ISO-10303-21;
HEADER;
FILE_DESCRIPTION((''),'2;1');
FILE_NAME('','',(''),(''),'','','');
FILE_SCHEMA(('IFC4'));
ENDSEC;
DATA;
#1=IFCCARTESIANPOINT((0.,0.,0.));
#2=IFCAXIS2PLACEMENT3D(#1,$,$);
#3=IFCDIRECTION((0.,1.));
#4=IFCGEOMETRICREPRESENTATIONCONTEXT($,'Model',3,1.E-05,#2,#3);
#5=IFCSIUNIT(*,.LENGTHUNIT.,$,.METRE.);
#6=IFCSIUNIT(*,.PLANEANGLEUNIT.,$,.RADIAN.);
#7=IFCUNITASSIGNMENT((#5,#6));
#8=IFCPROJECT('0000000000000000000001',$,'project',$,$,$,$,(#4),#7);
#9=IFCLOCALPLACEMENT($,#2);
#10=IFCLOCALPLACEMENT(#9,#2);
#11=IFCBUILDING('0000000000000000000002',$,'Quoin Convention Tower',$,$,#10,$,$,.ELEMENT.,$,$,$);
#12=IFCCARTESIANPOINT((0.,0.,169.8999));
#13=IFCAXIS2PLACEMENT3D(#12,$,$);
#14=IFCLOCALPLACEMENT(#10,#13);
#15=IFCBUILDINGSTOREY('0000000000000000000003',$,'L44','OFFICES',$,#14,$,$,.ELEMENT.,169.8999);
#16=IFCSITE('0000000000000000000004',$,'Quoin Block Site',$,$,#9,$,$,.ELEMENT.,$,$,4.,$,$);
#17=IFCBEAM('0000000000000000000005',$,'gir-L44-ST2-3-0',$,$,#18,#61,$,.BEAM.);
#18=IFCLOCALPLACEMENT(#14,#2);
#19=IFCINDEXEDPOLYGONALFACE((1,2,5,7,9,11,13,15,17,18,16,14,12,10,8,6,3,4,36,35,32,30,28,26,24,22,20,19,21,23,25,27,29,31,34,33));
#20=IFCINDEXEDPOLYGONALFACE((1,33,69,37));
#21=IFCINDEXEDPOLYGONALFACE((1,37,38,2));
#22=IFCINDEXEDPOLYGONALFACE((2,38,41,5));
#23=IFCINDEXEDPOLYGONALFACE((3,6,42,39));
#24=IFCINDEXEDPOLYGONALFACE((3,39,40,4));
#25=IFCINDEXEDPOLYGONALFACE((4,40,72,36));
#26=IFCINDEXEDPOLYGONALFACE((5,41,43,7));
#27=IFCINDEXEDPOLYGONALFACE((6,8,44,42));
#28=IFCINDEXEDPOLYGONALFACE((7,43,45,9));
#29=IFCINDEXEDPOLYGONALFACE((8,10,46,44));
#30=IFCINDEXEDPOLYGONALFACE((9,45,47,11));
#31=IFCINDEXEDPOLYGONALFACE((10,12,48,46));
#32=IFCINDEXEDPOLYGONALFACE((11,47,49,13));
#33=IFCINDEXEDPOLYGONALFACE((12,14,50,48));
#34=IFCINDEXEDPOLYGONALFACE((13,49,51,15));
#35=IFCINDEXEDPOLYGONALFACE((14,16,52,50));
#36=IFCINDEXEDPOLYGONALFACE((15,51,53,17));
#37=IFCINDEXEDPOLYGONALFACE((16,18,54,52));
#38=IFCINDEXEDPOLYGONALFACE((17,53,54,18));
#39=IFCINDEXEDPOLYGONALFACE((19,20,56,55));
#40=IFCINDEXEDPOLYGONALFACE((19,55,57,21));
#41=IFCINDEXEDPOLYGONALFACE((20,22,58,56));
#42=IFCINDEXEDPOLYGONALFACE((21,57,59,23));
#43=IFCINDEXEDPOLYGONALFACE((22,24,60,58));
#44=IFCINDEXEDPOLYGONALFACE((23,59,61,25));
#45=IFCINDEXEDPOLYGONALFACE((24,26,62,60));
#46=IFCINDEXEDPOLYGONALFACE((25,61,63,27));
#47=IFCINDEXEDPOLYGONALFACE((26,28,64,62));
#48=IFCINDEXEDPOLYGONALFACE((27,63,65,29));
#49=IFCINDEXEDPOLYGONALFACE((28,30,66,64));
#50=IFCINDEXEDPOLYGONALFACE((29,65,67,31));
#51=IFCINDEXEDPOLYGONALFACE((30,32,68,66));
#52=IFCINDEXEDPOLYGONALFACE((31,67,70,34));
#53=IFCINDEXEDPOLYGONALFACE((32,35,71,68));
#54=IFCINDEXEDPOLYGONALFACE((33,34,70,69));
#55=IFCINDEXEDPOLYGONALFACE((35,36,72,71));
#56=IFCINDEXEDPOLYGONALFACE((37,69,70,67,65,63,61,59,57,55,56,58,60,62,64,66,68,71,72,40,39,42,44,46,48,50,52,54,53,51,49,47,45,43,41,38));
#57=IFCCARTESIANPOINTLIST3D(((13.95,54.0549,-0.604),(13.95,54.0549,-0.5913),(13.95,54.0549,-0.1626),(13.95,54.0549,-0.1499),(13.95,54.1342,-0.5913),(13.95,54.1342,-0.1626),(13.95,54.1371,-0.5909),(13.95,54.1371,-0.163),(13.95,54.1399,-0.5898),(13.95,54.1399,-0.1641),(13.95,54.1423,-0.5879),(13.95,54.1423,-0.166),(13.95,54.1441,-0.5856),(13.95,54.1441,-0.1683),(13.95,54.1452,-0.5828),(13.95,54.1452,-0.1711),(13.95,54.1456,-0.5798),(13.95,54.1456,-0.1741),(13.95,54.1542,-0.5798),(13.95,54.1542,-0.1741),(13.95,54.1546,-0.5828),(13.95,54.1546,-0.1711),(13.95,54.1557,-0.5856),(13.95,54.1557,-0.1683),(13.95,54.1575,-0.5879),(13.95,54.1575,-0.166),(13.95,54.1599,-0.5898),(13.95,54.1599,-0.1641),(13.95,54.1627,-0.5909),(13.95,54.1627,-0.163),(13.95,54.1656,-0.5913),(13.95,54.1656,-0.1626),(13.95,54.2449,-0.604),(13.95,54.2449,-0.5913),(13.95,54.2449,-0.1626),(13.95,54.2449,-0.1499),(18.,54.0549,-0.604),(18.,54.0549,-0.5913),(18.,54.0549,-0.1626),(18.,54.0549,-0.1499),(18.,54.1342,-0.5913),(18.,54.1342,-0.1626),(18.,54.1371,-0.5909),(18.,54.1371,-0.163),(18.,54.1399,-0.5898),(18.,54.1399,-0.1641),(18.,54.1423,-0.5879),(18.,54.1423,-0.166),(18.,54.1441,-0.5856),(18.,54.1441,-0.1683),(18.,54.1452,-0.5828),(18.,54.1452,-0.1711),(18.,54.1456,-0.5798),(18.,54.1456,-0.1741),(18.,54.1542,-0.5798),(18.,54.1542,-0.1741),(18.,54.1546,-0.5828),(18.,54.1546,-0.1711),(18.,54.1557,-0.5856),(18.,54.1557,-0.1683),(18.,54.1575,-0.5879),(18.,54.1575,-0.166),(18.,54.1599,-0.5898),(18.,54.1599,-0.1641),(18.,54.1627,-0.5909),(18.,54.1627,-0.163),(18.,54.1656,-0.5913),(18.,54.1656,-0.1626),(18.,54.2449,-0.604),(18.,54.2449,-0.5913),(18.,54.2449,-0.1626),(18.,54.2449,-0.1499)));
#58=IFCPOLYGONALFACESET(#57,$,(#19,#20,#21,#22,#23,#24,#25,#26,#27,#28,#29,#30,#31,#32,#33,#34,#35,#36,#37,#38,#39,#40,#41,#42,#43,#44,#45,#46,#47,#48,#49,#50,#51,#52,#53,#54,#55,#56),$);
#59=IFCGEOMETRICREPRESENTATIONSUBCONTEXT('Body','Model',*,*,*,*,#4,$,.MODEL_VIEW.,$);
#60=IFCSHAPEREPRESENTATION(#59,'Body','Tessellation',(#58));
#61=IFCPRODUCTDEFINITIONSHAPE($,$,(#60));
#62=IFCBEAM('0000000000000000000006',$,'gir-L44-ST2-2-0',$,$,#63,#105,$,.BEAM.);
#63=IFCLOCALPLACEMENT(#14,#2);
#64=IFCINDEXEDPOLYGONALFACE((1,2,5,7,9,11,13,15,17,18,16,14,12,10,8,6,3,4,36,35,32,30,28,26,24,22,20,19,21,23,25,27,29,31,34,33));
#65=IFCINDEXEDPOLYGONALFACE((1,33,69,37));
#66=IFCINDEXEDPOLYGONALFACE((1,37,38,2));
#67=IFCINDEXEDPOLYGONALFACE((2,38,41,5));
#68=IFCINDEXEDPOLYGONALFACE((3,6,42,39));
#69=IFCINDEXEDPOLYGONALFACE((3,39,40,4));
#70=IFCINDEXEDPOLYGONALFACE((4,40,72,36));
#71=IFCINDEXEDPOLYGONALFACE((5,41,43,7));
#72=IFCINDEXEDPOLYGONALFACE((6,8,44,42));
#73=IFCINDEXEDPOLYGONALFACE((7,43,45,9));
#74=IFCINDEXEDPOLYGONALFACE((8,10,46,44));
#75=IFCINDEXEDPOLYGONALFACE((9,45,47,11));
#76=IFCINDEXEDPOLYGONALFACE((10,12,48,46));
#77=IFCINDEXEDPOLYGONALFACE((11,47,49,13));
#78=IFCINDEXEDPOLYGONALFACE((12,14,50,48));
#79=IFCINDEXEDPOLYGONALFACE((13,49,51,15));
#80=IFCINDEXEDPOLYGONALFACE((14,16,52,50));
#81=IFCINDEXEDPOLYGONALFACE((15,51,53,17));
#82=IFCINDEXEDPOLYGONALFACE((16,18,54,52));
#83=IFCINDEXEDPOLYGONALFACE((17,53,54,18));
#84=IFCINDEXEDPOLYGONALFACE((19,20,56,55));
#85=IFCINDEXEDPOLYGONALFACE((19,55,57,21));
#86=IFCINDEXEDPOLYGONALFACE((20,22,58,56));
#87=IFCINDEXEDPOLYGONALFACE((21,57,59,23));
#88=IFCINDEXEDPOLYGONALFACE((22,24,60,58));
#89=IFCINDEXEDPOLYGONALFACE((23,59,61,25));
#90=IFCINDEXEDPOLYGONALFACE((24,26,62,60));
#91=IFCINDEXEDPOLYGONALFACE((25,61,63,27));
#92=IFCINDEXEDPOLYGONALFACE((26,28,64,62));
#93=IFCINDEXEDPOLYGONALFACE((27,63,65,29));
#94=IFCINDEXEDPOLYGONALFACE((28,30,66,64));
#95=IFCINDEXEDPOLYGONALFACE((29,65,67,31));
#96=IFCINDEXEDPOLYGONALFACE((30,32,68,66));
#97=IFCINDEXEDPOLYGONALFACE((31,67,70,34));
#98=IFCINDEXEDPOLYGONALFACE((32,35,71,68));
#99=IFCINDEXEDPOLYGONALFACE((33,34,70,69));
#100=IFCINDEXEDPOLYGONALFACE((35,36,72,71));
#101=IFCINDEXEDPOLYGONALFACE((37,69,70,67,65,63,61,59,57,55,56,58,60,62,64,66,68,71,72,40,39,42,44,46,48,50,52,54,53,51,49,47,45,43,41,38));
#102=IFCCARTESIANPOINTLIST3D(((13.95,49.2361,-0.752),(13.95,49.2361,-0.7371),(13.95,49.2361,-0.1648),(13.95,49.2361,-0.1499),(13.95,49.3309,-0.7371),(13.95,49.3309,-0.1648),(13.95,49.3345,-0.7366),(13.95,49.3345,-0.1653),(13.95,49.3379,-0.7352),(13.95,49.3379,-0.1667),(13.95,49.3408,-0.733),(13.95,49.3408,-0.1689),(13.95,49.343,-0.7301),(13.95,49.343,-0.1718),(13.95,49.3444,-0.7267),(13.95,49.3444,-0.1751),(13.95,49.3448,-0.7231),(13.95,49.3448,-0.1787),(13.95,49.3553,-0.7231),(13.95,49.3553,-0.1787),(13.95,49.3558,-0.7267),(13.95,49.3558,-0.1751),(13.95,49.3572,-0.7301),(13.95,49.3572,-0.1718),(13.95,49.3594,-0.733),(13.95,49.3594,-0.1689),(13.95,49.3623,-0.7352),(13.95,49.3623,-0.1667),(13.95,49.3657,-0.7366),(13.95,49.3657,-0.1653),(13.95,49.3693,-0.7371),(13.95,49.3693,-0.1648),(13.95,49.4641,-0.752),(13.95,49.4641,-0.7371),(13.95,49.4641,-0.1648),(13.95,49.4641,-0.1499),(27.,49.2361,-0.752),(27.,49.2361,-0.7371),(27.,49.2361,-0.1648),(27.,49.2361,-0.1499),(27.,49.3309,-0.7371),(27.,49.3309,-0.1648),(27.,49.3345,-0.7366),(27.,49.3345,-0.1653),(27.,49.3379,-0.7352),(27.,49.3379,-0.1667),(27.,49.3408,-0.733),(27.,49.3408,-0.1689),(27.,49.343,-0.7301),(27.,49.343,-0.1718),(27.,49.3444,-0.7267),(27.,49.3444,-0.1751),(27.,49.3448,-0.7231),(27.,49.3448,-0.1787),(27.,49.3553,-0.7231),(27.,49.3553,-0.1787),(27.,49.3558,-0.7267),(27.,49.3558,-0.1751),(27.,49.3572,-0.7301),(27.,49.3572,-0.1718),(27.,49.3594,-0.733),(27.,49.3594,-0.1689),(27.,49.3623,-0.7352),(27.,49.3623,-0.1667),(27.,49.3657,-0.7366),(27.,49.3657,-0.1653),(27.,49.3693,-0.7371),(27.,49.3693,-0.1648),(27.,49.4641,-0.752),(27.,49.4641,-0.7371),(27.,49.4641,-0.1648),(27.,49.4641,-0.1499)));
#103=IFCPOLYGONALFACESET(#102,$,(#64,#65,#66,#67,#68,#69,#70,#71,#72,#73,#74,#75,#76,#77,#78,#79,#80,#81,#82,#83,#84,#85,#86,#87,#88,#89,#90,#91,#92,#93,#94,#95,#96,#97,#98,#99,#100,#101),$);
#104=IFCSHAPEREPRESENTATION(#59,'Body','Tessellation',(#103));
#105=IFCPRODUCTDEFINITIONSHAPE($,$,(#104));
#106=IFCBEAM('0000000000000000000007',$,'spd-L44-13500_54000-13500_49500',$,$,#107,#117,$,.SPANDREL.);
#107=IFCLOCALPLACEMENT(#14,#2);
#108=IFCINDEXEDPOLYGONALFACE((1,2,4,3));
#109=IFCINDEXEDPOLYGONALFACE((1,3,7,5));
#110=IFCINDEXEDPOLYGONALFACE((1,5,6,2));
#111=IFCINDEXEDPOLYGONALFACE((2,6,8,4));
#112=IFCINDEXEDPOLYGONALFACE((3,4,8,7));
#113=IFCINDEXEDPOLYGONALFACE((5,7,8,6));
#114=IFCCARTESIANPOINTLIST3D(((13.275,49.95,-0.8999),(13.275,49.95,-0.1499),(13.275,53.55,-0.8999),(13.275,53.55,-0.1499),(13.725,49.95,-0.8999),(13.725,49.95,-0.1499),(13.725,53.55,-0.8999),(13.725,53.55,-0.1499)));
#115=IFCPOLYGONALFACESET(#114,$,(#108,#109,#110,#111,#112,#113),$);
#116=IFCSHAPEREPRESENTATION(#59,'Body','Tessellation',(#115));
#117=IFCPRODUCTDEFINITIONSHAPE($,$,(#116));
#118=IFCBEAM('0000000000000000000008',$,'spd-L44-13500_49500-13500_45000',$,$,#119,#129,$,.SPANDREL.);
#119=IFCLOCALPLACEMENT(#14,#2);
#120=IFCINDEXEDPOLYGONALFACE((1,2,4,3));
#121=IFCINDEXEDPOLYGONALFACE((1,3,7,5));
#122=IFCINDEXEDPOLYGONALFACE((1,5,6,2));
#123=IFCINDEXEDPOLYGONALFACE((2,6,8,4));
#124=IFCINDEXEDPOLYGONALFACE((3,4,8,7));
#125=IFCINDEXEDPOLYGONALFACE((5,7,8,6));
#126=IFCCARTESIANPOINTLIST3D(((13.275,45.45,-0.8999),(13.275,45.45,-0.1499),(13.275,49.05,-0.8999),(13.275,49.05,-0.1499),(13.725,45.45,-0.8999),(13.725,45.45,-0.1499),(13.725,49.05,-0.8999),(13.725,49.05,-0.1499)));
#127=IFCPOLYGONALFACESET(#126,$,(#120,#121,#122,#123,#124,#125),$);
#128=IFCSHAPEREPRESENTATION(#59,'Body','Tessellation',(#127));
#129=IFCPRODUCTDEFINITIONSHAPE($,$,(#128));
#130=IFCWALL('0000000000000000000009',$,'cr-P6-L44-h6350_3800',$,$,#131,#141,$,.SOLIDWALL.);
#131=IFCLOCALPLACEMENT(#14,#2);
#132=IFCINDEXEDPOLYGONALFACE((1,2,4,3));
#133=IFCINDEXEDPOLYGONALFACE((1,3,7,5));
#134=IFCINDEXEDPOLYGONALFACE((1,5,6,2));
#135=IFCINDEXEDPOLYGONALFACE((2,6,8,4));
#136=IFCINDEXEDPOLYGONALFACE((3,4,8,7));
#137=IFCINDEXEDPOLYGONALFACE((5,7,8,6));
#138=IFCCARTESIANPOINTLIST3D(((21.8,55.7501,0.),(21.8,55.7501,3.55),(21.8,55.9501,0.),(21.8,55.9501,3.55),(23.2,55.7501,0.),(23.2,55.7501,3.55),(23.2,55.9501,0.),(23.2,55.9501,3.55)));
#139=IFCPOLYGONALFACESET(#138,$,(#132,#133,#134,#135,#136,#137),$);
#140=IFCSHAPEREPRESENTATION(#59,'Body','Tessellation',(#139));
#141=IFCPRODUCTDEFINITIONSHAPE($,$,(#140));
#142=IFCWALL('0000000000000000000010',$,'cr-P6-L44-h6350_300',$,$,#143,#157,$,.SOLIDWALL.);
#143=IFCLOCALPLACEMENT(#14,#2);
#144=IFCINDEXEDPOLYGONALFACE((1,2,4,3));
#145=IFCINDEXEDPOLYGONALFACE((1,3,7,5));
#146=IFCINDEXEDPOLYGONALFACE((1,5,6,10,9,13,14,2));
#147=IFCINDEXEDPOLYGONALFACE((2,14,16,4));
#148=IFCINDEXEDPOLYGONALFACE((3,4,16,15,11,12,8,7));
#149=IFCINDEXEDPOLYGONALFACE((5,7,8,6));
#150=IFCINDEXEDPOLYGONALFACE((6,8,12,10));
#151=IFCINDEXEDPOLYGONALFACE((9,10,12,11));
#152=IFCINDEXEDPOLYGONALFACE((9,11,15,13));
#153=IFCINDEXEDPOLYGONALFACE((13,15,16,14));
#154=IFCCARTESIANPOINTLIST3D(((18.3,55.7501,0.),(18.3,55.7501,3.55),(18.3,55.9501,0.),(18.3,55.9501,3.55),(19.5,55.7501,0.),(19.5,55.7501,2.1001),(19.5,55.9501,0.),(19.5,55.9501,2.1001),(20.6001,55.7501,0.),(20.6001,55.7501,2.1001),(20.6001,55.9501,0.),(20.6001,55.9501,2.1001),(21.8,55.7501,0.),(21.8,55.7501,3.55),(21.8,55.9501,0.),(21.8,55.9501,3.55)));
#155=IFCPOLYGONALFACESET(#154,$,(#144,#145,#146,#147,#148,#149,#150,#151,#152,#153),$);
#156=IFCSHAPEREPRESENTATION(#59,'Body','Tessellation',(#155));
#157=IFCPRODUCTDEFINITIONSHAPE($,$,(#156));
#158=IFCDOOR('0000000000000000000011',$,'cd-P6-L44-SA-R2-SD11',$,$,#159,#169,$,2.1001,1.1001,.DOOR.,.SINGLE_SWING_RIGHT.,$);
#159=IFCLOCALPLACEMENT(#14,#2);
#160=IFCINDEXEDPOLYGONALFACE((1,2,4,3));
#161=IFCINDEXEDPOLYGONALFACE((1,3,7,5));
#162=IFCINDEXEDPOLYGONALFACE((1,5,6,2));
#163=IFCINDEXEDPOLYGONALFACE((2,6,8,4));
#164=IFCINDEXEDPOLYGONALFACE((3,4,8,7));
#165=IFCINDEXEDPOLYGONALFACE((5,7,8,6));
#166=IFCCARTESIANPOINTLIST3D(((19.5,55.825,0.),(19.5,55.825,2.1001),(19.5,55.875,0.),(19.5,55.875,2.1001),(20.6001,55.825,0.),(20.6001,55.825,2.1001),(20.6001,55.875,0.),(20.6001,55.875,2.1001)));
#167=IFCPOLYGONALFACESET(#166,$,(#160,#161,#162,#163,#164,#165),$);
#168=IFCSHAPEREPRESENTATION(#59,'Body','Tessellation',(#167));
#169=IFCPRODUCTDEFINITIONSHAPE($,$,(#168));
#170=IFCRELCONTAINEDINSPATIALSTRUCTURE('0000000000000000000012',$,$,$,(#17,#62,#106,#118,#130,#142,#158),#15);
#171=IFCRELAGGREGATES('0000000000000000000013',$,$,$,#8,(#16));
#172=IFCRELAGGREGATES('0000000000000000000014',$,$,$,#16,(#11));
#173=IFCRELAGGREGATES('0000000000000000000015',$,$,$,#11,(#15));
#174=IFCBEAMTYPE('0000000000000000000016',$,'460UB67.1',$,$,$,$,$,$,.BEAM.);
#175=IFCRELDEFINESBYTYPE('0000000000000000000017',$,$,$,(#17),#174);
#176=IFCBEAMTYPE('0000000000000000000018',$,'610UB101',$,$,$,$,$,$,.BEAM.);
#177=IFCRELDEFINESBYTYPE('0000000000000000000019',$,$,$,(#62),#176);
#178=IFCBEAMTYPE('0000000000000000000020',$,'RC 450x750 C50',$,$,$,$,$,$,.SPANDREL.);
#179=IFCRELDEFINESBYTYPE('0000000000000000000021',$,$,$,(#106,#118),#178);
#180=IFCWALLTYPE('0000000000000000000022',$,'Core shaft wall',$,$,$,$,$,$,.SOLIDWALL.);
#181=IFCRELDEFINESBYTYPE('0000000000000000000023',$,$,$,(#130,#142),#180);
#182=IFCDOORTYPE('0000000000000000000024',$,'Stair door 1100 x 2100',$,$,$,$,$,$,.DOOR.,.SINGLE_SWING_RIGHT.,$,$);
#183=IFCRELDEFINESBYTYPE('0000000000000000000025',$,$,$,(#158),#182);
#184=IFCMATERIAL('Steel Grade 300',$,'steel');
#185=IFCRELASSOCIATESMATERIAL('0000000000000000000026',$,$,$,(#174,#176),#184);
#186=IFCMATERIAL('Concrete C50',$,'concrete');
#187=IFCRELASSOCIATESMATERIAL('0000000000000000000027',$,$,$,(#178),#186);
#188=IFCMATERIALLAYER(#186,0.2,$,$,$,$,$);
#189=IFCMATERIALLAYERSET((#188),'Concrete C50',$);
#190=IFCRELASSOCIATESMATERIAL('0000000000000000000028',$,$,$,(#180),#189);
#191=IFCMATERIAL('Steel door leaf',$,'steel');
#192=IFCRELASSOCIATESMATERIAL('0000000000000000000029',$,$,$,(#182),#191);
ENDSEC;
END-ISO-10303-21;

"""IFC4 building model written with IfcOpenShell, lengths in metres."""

from ifc_helpers import new_model, si_unit, direction, frame, frame_2d, origin, origin_2d, place, context, subcontext, project, spatial, rectangle, i_section, extrude, material, layer, layer_set, material_profile, profile_set, type_object, element, fill, save


model = new_model("IFC4")

# Units and contexts
model_context = context("Model", 3, precision=1e-05, world=origin(), true_north=direction((0.0, 1.0)))
body_context = subcontext(model_context, "Body", "Model", "MODEL_VIEW")
ifc_project = project(units=[si_unit("LENGTHUNIT", "METRE"), si_unit("PLANEANGLEUNIT", "RADIAN")], contexts=[model_context])

# Site, building, storey
site_placement = place(None, origin())
site = spatial("IfcSite", under=ifc_project, at=site_placement, Name="Quoin Block Site", CompositionType="ELEMENT", RefElevation=4.0)
building_placement = place(site_placement, origin())
building = spatial("IfcBuilding", under=site, at=building_placement, Name="Quoin Convention Tower", CompositionType="ELEMENT")
storey_placement = place(building_placement, frame((0.0, 0.0, 169.8999)))
storey = spatial("IfcBuildingStorey", under=building, at=storey_placement, Name="L44", Description="OFFICES", CompositionType="ELEMENT", Elevation=169.8999)

# Shared definitions
ifc_material_1 = material(Name="Concrete C50", Category="concrete")

# Beams
ifc_material_2 = material(Name="Steel Grade 300", Category="steel")
ifc_material_profile_1 = material_profile(ifc_material_2, i_section(OverallWidth=0.1899, OverallDepth=0.4541, WebThickness=0.0085, FlangeThickness=0.0127, FilletRadius=0.0115, at=origin_2d()), Name="460UB67.1")
ifc_profile_set_1 = profile_set([ifc_material_profile_1], Name="Steel Grade 300")
beam_type_1 = type_object("IfcBeamType", Name="460UB67.1", PredefinedType="BEAM", material=ifc_profile_set_1)
beam_1_placement = place(storey_placement, frame((13.95, 54.1499, -0.377), z_axis=(1.0, 0.0, 0.0), x_axis=(0.0, 1.0, 0.0)))
element("IfcBeam", 1, at=beam_1_placement, inside=storey, type_object=beam_type_1, Name="gir-L44-ST2-3-0", PredefinedType="BEAM", context=body_context, shape_type="SweptSolid", body=[
    extrude(i_section(OverallWidth=0.1899, OverallDepth=0.4541, WebThickness=0.0085, FlangeThickness=0.0127, FilletRadius=0.0115, at=origin_2d()), origin(), (0.0, 0.0, 1.0), 4.05),
])
ifc_material_profile_2 = material_profile(ifc_material_2, i_section(OverallWidth=0.228, OverallDepth=0.6021, WebThickness=0.0105, FlangeThickness=0.0149, FilletRadius=0.0139, at=origin_2d()), Name="610UB101")
ifc_profile_set_2 = profile_set([ifc_material_profile_2], Name="Steel Grade 300")
beam_type_2 = type_object("IfcBeamType", Name="610UB101", PredefinedType="BEAM", material=ifc_profile_set_2)
beam_2_placement = place(storey_placement, frame((13.95, 49.3501, -0.4509), z_axis=(1.0, 0.0, 0.0), x_axis=(0.0, 1.0, 0.0)))
element("IfcBeam", 2, at=beam_2_placement, inside=storey, type_object=beam_type_2, Name="gir-L44-ST2-2-0", PredefinedType="BEAM", context=body_context, shape_type="SweptSolid", body=[
    extrude(i_section(OverallWidth=0.228, OverallDepth=0.6021, WebThickness=0.0105, FlangeThickness=0.0149, FilletRadius=0.0139, at=origin_2d()), origin(), (0.0, 0.0, 1.0), 13.05),
])
ifc_material_profile_3 = material_profile(ifc_material_1, rectangle(XDim=0.45, YDim=0.75, at=origin_2d()), Name="RC 450x750")
ifc_profile_set_3 = profile_set([ifc_material_profile_3], Name="Concrete C50")
beam_type_3 = type_object("IfcBeamType", Name="RC 450x750 C50", PredefinedType="SPANDREL", material=ifc_profile_set_3)
for number, where, z_axis, x_axis, name in (
    (3, (13.5, 53.55, -0.5249), (0.0, -1.0, 0.0), (1.0, 0.0, 0.0), "spd-L44-13500_54000-13500_49500"),
    (4, (13.5, 49.05, -0.5249), (0.0, -1.0, 0.0), (1.0, 0.0, 0.0), "spd-L44-13500_49500-13500_45000"),
):
    element("IfcBeam", number, at=place(storey_placement, frame(where, z_axis=z_axis, x_axis=x_axis)), inside=storey, type_object=beam_type_3, Name=name, PredefinedType="SPANDREL", context=body_context, shape_type="SweptSolid", body=[
        extrude(rectangle(XDim=0.45, YDim=0.75, at=origin_2d()), origin(), (0.0, 0.0, 1.0), 3.6001),
    ])

# Wall
ifc_layer_1 = layer(ifc_material_1, 0.2)
ifc_layer_set_1 = layer_set([ifc_layer_1], Name="Concrete C50")
wall_type_1 = type_object("IfcWallType", Name="Core shaft wall", PredefinedType="SOLIDWALL", material=ifc_layer_set_1)
wall_1_placement = place(storey_placement, frame((21.8, 55.8501, 0.0), z_axis=(0.0, 0.0, 1.0), x_axis=(1.0, 0.0, 0.0)))
element("IfcWall", 5, at=wall_1_placement, inside=storey, type_object=wall_type_1, Name="cr-P6-L44-h6350_3800", PredefinedType="SOLIDWALL", context=body_context, shape_type="SweptSolid", body=[
    extrude(rectangle(XDim=1.3999, YDim=0.2, at=frame_2d((0.7, 0.0))), origin(), (0.0, 0.0, 1.0), 3.55),
])

# Wall, opening, door
wall_2_placement = place(storey_placement, frame((18.3, 55.8501, 0.0), z_axis=(0.0, 0.0, 1.0), x_axis=(1.0, 0.0, 0.0)))
wall_2 = element("IfcWall", 6, at=wall_2_placement, inside=storey, type_object=wall_type_1, Name="cr-P6-L44-h6350_300", PredefinedType="SOLIDWALL", context=body_context, shape_type="SweptSolid", body=[
    extrude(rectangle(XDim=3.5, YDim=0.2, at=frame_2d((1.75, 0.0))), origin(), (0.0, 0.0, 1.0), 3.55),
])
opening_1_placement = place(wall_2_placement, frame((1.2, 0.0, 0.0)))
opening_1 = element("IfcOpeningElement", 7, at=opening_1_placement, cuts=wall_2, PredefinedType="OPENING", context=body_context, shape_type="SweptSolid", body=[
    extrude(rectangle(XDim=1.1001, YDim=2.1001, at=frame_2d((0.55, 1.05))), frame((0.0, 0.1099, 0.0), z_axis=(0.0, -1.0, 0.0), x_axis=(1.0, 0.0, 0.0)), (0.0, 0.0, 1.0), 0.22),
])
ifc_material_3 = material(Name="Steel door leaf", Category="steel")
door_type = type_object("IfcDoorType", Name="Stair door 1100 x 2100", OperationType="SINGLE_SWING_RIGHT", PredefinedType="DOOR", material=ifc_material_3)
door_1_placement = place(opening_1_placement, origin())
door_1 = element("IfcDoor", 8, at=door_1_placement, inside=storey, type_object=door_type, Name="cd-P6-L44-SA-R2-SD11", OperationType="SINGLE_SWING_RIGHT", OverallHeight=2.1001, OverallWidth=1.1001, PredefinedType="DOOR", context=body_context, shape_type="SweptSolid", body=[
    extrude(rectangle(XDim=1.1001, YDim=2.1001, at=frame_2d((0.55, 1.05))), frame((0.0, 0.0249, 0.0), z_axis=(0.0, -1.0, 0.0), x_axis=(1.0, 0.0, 0.0)), (0.0, 0.0, 1.0), 0.05),
])
fill(opening_1, door_1)

save(model, "model.ifc")
